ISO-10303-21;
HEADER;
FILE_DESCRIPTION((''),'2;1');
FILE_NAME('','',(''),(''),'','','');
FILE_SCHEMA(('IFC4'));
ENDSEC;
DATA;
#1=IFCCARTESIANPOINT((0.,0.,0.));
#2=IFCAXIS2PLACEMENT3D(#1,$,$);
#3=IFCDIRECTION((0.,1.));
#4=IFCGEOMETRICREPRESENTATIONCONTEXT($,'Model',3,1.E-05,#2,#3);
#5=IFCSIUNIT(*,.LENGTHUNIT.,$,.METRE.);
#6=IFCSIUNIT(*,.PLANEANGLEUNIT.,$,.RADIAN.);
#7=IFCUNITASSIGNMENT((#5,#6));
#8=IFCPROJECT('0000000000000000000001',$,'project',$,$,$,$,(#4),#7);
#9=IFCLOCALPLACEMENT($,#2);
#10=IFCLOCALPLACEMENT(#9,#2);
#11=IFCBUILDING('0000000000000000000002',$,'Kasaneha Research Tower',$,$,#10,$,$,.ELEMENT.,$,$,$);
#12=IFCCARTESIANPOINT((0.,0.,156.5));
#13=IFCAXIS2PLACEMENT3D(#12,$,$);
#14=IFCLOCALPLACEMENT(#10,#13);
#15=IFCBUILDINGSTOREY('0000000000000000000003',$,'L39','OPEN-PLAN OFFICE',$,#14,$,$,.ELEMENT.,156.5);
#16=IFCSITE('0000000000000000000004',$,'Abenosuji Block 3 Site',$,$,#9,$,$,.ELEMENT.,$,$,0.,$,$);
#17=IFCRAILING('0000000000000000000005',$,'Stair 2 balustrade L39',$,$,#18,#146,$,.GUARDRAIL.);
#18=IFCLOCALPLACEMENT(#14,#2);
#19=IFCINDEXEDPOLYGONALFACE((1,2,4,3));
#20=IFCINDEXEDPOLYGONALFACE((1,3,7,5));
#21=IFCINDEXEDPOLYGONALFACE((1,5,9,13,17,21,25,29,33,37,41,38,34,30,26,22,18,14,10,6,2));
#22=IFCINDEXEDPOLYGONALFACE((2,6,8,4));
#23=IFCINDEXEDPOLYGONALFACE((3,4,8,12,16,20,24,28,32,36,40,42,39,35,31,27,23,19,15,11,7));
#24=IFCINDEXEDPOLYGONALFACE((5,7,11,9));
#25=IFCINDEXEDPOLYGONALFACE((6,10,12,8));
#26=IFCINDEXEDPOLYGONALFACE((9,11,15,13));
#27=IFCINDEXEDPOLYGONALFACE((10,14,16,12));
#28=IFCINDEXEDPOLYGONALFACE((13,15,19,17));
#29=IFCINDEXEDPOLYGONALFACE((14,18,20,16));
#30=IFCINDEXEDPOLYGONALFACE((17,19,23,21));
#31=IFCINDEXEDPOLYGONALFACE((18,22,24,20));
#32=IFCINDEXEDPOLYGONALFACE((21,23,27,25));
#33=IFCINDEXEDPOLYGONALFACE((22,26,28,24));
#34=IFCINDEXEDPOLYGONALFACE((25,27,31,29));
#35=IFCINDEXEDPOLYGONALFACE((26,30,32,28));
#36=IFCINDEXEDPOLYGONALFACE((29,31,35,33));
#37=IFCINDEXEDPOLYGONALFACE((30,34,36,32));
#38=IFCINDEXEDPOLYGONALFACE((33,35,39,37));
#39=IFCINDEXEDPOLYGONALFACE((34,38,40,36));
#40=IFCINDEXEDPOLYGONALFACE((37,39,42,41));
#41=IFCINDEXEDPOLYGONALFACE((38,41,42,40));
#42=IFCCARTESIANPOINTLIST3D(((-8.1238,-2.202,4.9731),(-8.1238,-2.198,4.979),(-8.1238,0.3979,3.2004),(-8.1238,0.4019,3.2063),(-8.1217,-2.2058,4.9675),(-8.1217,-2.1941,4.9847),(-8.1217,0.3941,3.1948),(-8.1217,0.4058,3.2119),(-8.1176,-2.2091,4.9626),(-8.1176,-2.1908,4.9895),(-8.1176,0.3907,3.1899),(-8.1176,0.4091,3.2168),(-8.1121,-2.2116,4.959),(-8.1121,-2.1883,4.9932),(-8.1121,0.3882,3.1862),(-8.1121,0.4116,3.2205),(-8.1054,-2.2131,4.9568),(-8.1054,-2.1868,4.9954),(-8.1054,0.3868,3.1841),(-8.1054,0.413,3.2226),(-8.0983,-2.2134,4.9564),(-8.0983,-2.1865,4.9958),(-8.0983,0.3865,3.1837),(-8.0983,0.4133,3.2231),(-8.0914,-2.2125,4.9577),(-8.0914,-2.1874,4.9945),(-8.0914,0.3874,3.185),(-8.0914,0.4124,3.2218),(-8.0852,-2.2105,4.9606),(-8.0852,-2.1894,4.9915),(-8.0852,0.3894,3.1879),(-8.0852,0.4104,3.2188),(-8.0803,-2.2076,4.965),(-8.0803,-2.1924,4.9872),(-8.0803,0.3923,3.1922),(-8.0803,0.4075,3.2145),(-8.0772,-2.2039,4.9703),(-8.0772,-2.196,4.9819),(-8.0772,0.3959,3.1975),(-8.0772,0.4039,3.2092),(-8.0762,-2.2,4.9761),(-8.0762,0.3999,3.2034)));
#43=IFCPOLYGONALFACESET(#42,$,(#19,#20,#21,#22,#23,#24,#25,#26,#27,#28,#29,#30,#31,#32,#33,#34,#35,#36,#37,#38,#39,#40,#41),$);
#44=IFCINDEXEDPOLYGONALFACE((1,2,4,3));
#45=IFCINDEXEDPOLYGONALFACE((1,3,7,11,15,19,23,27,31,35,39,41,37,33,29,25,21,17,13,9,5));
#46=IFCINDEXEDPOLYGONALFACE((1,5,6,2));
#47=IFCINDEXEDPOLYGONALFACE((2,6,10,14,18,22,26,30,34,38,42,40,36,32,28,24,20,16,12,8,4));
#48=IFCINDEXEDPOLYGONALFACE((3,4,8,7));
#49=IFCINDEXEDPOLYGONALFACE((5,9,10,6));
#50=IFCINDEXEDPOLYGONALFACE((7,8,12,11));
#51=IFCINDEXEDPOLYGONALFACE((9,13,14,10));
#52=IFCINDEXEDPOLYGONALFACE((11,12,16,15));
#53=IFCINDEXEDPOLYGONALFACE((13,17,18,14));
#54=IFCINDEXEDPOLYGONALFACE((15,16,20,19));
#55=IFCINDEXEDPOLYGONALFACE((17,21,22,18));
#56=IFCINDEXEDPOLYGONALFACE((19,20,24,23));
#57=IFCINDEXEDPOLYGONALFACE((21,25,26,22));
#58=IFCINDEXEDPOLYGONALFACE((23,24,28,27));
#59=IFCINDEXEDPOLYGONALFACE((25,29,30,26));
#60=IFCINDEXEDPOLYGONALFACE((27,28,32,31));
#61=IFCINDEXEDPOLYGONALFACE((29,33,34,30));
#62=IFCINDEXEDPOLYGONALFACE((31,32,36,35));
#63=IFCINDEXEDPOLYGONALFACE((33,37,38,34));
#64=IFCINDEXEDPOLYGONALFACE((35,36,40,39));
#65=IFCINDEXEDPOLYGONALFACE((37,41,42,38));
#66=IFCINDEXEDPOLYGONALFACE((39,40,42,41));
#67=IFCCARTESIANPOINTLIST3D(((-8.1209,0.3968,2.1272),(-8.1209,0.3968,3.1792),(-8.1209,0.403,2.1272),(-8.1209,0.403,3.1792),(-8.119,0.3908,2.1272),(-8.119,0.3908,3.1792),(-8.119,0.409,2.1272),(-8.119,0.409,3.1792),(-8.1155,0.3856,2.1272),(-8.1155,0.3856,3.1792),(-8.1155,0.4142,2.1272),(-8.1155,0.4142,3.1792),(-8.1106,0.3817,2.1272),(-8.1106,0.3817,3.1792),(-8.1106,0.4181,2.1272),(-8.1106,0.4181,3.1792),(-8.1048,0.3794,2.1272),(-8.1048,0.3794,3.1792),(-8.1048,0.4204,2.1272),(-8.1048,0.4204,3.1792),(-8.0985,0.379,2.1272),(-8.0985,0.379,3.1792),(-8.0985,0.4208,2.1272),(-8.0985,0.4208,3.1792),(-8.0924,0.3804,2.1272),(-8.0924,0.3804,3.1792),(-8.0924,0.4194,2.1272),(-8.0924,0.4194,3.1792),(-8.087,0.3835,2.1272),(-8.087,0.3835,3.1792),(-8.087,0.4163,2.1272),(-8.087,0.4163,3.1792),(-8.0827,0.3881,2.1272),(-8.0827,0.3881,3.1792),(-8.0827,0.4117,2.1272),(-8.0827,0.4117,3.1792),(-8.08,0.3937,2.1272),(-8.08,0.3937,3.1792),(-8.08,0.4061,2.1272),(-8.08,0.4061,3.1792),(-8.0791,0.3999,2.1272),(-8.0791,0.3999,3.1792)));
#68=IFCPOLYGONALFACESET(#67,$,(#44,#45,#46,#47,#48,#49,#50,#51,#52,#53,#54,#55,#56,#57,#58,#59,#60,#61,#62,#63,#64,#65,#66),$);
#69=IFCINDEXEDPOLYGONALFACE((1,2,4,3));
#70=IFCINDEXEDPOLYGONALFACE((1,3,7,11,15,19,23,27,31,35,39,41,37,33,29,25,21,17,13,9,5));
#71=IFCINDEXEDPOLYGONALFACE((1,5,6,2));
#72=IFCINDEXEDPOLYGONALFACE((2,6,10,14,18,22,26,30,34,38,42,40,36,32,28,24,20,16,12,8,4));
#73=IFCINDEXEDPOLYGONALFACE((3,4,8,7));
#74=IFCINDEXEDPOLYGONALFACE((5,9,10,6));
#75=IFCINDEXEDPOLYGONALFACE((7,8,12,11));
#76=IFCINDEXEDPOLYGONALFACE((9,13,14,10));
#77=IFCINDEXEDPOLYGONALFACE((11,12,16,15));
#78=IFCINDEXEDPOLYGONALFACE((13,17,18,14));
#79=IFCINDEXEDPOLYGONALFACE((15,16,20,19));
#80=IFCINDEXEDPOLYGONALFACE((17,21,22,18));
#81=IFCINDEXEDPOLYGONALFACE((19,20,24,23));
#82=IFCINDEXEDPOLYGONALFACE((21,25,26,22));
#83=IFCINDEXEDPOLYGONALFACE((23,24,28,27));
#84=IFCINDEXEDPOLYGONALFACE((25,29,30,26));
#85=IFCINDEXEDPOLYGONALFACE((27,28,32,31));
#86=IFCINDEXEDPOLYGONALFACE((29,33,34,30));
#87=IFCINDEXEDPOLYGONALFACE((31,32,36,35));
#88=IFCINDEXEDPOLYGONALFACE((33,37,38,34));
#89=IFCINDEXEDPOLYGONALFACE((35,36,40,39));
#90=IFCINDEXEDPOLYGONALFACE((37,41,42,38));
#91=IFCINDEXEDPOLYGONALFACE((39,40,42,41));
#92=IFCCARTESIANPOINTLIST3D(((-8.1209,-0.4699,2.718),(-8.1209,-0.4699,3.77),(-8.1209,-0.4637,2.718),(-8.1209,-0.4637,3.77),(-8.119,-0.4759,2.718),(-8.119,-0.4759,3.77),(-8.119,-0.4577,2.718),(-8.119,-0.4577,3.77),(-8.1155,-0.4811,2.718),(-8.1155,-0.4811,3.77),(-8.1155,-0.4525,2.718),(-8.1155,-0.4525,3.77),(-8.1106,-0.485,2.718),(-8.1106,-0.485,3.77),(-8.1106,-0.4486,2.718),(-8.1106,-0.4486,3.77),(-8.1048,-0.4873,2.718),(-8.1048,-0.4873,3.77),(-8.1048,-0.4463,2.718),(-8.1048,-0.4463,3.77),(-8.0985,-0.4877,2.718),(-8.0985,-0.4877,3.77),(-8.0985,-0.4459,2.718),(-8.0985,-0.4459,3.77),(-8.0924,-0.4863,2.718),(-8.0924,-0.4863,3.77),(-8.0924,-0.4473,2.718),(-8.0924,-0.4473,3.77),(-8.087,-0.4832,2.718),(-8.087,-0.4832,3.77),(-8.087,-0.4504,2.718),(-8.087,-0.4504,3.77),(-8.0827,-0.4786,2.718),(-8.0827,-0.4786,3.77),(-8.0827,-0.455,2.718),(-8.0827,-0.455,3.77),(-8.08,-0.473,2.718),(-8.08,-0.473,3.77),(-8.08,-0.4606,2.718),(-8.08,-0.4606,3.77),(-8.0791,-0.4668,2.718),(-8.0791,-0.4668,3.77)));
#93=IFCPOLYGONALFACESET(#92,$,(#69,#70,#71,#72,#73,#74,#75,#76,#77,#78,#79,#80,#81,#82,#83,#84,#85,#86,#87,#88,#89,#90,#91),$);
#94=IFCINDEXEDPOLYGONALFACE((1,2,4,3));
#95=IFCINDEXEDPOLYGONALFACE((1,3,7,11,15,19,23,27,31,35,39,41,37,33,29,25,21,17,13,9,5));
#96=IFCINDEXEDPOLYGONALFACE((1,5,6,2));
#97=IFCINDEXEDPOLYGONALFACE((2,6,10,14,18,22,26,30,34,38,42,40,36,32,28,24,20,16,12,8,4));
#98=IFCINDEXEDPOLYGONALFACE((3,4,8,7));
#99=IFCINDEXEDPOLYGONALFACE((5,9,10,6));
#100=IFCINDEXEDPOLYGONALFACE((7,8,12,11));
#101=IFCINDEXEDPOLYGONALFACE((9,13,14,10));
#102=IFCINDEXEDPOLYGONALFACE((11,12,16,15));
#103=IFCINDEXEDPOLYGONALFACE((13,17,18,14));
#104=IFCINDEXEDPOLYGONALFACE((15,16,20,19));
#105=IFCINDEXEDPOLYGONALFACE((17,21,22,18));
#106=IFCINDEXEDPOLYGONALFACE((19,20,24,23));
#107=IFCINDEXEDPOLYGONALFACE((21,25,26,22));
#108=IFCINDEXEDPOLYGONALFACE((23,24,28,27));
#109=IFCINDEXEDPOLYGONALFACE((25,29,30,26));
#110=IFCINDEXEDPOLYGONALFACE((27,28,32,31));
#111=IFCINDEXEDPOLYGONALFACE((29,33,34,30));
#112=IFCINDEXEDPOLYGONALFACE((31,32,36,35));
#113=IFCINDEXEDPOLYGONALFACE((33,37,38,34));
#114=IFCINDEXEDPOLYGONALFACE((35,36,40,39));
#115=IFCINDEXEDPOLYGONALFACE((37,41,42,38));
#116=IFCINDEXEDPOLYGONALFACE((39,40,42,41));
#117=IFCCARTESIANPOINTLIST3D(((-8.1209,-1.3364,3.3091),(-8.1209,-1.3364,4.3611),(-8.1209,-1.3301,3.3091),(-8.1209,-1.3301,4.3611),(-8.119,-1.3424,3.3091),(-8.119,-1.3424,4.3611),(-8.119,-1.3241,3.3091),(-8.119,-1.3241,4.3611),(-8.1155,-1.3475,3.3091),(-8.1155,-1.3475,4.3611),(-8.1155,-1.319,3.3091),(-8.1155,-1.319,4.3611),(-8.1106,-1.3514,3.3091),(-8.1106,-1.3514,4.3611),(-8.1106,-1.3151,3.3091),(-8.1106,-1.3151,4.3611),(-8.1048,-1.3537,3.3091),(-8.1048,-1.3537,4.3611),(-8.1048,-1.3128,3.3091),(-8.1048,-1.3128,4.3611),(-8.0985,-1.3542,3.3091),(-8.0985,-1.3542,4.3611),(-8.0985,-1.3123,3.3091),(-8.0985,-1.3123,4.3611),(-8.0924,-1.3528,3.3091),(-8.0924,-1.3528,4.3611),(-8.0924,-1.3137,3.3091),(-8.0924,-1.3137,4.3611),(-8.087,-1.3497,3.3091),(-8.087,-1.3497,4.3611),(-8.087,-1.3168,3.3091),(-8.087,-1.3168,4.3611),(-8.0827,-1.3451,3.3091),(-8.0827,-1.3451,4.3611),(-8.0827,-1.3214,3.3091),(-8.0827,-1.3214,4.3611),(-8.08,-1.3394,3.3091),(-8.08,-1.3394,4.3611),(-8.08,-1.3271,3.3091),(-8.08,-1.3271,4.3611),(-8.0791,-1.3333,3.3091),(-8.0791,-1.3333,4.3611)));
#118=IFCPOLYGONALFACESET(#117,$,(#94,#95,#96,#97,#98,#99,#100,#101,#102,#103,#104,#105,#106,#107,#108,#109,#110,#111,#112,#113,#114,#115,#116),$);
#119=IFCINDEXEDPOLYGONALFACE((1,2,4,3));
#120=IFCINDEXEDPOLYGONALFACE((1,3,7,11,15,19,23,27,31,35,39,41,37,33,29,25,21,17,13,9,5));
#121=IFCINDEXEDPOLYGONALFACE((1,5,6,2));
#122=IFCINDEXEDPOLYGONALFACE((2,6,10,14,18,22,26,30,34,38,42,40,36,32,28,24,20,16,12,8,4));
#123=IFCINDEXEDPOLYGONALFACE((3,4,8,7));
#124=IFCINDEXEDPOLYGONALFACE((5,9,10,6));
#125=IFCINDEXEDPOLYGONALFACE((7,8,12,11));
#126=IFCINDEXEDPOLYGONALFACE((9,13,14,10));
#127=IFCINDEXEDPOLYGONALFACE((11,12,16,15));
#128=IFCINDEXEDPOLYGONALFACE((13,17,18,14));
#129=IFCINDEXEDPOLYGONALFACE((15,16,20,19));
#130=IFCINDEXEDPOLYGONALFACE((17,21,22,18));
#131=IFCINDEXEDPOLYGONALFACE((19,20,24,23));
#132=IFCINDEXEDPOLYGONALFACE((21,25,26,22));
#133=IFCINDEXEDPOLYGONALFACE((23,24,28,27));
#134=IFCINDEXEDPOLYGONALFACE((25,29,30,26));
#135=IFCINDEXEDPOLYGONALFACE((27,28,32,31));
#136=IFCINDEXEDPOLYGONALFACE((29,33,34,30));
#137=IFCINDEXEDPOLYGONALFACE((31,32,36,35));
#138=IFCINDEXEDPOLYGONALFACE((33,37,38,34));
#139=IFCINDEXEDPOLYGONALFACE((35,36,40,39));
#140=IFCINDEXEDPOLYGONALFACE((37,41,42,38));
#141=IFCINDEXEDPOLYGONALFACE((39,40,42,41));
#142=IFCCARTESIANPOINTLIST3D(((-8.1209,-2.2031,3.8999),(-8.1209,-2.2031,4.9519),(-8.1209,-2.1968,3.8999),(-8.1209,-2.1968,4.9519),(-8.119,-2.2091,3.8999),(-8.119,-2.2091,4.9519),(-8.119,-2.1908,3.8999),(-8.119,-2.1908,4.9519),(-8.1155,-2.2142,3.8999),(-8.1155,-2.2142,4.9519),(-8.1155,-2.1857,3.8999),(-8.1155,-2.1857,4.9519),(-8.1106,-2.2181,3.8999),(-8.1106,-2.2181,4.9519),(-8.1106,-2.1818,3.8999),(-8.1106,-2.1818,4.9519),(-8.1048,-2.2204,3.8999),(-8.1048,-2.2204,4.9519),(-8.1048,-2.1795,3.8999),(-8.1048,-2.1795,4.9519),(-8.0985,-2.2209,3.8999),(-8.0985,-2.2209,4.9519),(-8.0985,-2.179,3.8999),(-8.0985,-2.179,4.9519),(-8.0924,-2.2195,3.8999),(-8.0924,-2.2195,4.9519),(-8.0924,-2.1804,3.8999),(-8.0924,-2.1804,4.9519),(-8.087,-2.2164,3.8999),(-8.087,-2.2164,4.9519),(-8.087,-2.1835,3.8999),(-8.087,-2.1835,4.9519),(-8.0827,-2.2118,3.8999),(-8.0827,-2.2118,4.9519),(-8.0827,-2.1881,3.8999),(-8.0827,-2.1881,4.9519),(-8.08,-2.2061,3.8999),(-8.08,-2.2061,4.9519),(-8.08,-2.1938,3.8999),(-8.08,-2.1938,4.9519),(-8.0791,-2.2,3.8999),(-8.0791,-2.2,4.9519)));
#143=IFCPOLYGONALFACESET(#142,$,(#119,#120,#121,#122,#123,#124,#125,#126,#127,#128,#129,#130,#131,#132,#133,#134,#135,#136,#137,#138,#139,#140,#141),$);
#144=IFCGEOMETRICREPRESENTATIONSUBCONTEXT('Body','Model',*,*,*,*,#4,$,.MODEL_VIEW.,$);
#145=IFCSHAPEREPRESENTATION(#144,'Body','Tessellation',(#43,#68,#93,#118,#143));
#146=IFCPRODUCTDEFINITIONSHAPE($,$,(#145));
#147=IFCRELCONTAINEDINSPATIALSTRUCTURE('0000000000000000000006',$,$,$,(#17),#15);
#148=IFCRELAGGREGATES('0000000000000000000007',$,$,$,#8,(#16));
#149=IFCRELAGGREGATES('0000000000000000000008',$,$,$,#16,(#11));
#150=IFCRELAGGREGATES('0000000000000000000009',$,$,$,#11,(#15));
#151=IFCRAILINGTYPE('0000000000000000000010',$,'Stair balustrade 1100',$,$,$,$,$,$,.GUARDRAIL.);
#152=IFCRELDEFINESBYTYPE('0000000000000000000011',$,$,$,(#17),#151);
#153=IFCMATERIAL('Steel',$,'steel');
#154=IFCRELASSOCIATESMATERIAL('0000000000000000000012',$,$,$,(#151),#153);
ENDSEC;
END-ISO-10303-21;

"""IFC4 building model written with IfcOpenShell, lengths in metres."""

from ifc_helpers import new_model, si_unit, direction, frame, origin, origin_2d, place, context, subcontext, project, spatial, circle, extrude, material, type_object, element, save


model = new_model("IFC4")

# Units and contexts
model_context = context("Model", 3, precision=1e-05, world=origin(), true_north=direction((0.0, 1.0)))
body_context = subcontext(model_context, "Body", "Model", "MODEL_VIEW")
ifc_project = project(units=[si_unit("LENGTHUNIT", "METRE"), si_unit("PLANEANGLEUNIT", "RADIAN")], contexts=[model_context])

# Site, building, storey
site_placement = place(None, origin())
site = spatial("IfcSite", under=ifc_project, at=site_placement, Name="Abenosuji Block 3 Site", CompositionType="ELEMENT", RefElevation=0.0)
building_placement = place(site_placement, origin())
building = spatial("IfcBuilding", under=site, at=building_placement, Name="Kasaneha Research Tower", CompositionType="ELEMENT")
storey_placement = place(building_placement, frame((0.0, 0.0, 156.5)))
storey = spatial("IfcBuildingStorey", under=building, at=storey_placement, Name="L39", Description="OPEN-PLAN OFFICE", CompositionType="ELEMENT", Elevation=156.5)

# Railing
ifc_material_1 = material(Name="Steel", Category="steel")
railing_type_1 = type_object("IfcRailingType", Name="Stair balustrade 1100", PredefinedType="GUARDRAIL", material=ifc_material_1)
railing_1_placement = place(storey_placement, frame((-8.1001, 0.3999, 2.1272)))
element("IfcRailing", 1, at=railing_1_placement, inside=storey, type_object=railing_type_1, Name="Stair 2 balustrade L39", PredefinedType="GUARDRAIL", context=body_context, shape_type="SweptSolid", body=[
    extrude(circle(Radius=0.0239, at=origin_2d()), frame((0.0, 0.0, 1.0762), z_axis=(0.0, -0.826216, 0.563354), x_axis=(1.0, 0.0, 0.0)), (0.0, 0.0, 1.0), 3.1467),
    extrude(circle(Radius=0.021, at=origin_2d()), origin(), (0.0, 0.0, 1.0), 1.052),
    extrude(circle(Radius=0.021, at=origin_2d()), frame((0.0, -0.8667, 0.5908)), (0.0, 0.0, 1.0), 1.052),
    extrude(circle(Radius=0.021, at=origin_2d()), frame((0.0, -1.7332, 1.1819)), (0.0, 0.0, 1.0), 1.052),
    extrude(circle(Radius=0.021, at=origin_2d()), frame((0.0, -2.5999, 1.7727)), (0.0, 0.0, 1.0), 1.052),
])

save(model, "model.ifc")
